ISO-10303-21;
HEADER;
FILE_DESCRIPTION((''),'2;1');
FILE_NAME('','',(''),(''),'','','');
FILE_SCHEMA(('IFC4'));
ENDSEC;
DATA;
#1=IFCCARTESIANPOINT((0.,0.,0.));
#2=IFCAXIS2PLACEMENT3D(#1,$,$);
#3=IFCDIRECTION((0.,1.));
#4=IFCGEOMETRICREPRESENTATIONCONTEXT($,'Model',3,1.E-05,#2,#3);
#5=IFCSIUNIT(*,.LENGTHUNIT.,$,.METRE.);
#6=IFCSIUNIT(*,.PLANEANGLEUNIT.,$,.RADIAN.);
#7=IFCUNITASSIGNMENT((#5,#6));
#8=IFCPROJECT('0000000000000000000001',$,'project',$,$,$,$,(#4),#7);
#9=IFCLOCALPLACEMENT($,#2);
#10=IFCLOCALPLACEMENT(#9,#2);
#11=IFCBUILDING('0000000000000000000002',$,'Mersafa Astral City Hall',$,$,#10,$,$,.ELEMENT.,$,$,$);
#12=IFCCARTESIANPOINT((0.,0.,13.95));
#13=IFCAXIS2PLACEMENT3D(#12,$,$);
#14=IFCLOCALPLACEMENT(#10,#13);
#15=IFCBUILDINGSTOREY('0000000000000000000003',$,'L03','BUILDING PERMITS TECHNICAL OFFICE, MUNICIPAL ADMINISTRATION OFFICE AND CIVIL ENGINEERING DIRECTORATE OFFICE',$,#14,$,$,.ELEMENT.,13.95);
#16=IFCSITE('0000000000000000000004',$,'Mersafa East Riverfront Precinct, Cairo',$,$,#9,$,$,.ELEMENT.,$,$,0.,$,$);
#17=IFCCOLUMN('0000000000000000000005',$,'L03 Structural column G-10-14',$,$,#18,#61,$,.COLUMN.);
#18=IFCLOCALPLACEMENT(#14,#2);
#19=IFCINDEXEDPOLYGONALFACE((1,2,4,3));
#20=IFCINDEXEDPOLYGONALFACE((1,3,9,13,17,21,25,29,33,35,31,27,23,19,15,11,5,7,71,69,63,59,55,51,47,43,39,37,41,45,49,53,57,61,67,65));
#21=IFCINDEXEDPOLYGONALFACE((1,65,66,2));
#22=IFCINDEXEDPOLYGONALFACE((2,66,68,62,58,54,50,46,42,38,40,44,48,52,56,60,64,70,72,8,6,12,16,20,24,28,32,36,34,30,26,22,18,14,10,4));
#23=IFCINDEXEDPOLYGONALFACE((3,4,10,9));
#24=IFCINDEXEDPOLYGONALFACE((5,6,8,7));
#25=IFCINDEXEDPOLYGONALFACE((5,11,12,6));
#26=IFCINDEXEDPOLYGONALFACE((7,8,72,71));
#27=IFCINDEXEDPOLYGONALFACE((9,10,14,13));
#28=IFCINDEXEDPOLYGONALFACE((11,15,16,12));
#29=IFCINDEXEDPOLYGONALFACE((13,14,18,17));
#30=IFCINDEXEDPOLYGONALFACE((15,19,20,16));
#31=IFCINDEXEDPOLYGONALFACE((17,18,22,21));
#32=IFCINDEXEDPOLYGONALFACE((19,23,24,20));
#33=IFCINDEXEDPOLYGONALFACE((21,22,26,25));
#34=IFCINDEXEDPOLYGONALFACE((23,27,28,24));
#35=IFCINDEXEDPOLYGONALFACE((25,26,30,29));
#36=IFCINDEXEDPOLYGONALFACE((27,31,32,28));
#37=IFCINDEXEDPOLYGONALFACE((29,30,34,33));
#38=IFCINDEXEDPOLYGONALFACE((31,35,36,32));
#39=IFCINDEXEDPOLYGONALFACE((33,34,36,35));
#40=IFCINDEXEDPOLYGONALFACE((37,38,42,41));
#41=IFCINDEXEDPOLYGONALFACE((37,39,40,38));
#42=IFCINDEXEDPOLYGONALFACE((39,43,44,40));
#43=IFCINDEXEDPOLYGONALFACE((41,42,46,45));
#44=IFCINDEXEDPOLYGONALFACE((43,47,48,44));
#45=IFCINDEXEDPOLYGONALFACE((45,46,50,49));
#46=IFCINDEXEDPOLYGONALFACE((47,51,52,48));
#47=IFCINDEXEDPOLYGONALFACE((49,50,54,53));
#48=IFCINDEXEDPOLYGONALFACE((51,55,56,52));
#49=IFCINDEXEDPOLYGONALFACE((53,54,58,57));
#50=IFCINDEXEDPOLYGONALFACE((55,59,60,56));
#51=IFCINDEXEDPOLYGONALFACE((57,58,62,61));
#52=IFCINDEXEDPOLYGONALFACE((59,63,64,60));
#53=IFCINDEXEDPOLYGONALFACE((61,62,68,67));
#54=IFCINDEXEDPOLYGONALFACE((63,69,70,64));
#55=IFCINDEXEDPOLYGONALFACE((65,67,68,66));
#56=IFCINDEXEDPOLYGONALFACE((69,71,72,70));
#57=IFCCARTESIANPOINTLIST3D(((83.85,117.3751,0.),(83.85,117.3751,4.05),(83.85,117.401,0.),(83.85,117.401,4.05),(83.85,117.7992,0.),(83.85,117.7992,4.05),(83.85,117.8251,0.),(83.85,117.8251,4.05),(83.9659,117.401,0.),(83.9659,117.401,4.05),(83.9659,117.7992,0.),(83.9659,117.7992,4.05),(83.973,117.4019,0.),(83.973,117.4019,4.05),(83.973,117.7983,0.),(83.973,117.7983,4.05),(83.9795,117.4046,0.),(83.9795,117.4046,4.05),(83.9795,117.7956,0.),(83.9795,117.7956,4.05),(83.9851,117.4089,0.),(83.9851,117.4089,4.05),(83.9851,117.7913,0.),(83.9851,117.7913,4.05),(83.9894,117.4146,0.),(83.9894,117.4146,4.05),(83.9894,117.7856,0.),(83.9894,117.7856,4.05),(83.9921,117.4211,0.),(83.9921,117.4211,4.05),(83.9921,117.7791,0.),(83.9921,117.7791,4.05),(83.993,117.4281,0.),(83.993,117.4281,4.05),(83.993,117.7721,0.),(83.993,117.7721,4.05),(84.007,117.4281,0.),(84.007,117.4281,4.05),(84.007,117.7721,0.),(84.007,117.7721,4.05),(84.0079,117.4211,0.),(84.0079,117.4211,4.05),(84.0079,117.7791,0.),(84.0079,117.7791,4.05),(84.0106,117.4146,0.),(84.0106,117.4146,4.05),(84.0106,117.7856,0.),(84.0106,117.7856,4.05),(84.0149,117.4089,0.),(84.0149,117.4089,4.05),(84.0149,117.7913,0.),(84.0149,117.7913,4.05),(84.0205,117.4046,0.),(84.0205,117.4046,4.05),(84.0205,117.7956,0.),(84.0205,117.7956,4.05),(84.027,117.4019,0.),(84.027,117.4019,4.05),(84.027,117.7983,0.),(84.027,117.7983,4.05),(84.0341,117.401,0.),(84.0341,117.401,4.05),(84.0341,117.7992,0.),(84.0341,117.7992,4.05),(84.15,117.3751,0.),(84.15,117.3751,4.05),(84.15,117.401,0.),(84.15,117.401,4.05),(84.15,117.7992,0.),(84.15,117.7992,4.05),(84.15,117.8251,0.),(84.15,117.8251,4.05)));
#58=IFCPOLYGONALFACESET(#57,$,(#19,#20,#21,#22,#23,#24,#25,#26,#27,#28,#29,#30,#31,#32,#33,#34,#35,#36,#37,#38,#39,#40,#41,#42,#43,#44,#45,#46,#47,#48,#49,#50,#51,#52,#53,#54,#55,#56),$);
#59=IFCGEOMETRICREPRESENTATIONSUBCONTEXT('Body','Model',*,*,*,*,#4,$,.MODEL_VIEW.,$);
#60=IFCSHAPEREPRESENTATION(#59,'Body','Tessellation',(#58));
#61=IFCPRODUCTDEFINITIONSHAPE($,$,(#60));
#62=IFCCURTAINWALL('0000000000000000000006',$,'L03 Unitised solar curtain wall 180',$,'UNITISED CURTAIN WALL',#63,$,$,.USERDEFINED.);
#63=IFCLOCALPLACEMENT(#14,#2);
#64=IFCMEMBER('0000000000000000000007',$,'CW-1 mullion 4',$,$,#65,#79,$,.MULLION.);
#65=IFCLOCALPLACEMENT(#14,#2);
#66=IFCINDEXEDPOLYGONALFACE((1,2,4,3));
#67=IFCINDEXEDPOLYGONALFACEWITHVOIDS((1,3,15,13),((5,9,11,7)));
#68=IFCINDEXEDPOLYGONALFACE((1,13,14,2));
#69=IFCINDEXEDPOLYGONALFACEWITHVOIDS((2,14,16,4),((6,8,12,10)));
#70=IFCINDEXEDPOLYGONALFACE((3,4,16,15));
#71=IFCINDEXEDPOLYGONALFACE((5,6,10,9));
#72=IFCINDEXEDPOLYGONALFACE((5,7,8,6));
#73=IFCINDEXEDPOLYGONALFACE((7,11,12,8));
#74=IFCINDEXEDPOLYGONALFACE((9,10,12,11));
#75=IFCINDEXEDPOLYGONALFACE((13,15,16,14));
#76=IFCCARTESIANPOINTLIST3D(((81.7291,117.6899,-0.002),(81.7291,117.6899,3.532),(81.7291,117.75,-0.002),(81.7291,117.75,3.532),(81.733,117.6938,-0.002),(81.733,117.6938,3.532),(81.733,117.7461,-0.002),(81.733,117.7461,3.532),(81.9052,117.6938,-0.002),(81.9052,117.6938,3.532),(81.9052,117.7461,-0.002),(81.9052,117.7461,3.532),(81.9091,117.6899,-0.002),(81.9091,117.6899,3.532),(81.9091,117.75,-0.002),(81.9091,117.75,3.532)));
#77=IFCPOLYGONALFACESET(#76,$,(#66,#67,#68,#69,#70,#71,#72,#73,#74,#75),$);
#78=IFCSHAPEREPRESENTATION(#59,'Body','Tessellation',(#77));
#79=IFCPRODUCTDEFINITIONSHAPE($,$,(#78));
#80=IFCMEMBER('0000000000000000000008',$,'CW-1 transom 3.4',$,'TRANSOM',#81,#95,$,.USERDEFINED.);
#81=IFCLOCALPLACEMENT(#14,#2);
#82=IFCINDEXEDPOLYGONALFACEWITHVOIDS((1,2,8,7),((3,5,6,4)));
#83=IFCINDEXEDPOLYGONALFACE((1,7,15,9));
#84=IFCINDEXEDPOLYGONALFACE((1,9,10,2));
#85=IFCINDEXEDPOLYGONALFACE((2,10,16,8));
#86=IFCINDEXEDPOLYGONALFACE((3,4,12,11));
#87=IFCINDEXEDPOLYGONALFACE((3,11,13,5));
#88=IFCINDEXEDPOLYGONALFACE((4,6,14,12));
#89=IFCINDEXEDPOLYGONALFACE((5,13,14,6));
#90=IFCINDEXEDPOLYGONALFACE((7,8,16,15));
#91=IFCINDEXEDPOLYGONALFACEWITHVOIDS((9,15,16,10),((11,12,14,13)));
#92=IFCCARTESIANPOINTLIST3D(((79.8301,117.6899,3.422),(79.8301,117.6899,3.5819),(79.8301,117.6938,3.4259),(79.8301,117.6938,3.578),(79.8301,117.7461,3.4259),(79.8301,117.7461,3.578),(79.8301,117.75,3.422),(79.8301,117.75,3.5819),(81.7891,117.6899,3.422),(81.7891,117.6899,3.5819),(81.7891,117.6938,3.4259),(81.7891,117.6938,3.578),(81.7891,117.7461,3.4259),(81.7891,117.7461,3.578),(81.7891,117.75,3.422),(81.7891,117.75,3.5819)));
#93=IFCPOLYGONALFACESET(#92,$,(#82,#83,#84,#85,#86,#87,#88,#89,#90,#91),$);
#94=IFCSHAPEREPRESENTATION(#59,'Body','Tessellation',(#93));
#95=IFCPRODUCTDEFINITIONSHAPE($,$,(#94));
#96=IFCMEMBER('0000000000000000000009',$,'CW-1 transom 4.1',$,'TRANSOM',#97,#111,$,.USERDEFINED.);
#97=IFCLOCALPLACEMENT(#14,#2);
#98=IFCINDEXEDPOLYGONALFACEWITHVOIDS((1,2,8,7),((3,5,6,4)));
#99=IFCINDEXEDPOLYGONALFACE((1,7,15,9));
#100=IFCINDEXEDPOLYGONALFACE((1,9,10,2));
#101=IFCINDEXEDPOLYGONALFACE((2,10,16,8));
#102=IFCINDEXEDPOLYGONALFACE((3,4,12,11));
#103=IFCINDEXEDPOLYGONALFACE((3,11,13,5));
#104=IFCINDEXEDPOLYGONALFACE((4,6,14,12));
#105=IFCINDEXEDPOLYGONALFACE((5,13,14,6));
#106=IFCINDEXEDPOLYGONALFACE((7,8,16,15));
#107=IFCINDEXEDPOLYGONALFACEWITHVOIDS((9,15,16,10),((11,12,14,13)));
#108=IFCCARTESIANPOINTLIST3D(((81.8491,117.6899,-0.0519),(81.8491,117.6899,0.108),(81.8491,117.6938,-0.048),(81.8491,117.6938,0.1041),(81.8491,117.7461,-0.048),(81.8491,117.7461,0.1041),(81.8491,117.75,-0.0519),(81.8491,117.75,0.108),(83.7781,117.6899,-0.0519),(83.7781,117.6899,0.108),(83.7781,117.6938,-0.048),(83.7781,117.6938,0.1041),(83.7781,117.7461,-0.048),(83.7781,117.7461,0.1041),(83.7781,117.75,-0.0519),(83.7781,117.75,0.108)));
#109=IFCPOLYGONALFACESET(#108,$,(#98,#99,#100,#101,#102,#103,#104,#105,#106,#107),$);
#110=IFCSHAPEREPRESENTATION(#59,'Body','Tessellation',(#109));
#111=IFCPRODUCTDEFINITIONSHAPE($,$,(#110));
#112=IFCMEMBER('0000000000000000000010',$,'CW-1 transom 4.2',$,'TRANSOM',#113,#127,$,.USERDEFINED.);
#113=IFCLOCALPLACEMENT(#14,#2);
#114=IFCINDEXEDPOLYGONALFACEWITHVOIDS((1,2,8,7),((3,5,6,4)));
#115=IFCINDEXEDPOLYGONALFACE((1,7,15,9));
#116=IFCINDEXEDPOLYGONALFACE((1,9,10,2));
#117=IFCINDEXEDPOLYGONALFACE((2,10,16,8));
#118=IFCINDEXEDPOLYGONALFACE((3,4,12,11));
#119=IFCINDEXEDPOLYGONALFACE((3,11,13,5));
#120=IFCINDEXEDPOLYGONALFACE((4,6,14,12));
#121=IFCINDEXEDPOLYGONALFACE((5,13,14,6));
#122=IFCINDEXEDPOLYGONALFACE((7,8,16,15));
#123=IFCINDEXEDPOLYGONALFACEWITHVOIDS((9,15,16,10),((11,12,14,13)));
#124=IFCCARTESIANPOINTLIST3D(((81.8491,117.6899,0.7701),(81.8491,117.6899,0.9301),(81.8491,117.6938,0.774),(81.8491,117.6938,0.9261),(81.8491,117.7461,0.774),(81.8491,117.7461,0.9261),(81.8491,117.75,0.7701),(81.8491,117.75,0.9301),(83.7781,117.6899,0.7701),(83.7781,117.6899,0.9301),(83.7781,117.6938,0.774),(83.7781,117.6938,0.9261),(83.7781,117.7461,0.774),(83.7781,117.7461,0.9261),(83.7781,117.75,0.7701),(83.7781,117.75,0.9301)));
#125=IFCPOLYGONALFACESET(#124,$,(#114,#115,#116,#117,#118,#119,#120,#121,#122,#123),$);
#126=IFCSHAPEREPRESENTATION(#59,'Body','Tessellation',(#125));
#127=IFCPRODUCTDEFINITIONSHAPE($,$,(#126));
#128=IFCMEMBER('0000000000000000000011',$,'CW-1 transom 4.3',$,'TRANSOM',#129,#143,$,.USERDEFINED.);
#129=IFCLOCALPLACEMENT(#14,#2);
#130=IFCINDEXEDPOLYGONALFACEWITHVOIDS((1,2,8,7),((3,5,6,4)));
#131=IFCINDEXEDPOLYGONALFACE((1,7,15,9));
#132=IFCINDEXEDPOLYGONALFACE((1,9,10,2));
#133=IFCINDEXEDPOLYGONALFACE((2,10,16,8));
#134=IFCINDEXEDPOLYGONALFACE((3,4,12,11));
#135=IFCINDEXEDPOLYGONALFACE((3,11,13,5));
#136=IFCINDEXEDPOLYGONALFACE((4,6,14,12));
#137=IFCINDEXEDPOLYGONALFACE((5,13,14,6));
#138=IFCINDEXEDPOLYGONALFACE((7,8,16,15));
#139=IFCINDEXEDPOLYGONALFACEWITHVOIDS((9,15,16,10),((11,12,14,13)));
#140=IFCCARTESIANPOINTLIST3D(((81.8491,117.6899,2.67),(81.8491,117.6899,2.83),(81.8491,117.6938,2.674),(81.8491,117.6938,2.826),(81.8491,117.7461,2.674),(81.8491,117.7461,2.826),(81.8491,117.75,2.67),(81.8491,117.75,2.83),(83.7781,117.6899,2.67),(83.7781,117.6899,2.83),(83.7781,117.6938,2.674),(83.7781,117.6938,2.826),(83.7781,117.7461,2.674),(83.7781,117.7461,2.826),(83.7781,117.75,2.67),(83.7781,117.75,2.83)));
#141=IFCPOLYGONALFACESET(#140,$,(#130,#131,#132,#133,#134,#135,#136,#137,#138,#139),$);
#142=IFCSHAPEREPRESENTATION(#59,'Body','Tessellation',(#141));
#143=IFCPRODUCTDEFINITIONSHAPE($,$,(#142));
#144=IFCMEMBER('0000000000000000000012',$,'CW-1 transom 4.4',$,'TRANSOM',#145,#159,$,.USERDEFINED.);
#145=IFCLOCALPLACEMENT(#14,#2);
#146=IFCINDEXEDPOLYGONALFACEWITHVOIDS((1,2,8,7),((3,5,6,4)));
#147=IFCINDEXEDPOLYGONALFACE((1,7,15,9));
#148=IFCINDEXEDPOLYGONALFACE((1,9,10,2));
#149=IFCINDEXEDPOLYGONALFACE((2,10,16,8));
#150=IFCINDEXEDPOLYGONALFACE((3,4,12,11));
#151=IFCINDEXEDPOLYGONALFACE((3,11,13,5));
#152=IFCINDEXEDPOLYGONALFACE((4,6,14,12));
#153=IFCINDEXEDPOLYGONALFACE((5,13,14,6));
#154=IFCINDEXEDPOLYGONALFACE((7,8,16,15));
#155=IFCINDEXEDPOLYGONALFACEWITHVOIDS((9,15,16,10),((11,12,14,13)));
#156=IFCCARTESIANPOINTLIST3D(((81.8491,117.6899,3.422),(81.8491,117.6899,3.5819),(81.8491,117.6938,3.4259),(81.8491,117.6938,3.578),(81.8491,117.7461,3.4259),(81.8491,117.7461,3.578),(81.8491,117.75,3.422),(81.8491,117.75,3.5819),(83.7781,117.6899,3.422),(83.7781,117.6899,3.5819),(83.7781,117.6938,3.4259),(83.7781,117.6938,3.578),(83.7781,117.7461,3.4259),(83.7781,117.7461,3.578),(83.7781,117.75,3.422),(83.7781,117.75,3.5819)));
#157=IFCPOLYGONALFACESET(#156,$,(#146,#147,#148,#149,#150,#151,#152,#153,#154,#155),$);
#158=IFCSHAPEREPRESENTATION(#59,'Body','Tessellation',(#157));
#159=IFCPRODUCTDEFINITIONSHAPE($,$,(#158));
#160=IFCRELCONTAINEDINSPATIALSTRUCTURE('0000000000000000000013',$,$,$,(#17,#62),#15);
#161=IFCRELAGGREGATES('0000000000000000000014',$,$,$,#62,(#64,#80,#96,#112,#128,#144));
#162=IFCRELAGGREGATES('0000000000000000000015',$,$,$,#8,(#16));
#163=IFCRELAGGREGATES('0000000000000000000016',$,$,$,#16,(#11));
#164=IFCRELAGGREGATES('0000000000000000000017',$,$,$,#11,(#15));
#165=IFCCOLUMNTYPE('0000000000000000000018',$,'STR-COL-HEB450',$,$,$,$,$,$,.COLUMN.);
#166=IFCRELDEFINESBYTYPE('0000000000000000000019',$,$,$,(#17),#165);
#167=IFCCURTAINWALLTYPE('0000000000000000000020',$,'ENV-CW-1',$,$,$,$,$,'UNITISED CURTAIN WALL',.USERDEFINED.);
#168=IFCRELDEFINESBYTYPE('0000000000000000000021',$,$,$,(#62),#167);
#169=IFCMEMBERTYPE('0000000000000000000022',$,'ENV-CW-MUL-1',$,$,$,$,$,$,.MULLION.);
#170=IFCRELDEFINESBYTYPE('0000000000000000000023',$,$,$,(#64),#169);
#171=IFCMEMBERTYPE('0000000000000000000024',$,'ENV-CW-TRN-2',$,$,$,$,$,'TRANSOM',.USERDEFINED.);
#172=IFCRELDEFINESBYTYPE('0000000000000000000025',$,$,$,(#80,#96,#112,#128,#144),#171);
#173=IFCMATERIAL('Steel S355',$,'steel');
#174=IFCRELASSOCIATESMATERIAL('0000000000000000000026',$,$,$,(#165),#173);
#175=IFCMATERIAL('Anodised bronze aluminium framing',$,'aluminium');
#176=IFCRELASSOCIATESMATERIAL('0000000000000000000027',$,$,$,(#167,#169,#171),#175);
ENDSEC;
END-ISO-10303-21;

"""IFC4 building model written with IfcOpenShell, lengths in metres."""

from ifc_helpers import new_model, si_unit, direction, frame, origin, origin_2d, place, context, subcontext, project, spatial, hollow_rectangle, i_section, extrude, material, material_profile, profile_set, type_object, element, aggregate, save


model = new_model("IFC4")

# Units and contexts
model_context = context("Model", 3, precision=1e-05, world=origin(), true_north=direction((0.0, 1.0)))
body_context = subcontext(model_context, "Body", "Model", "MODEL_VIEW")
ifc_project = project(units=[si_unit("LENGTHUNIT", "METRE"), si_unit("PLANEANGLEUNIT", "RADIAN")], contexts=[model_context])

# Site, building, storey
site_placement = place(None, origin())
site = spatial("IfcSite", under=ifc_project, at=site_placement, Name="Mersafa East Riverfront Precinct, Cairo", CompositionType="ELEMENT", RefElevation=0.0)
building_placement = place(site_placement, origin())
building = spatial("IfcBuilding", under=site, at=building_placement, Name="Mersafa Astral City Hall", CompositionType="ELEMENT")
storey_placement = place(building_placement, frame((0.0, 0.0, 13.95)))
storey = spatial("IfcBuildingStorey", under=building, at=storey_placement, Name="L03", Description="BUILDING PERMITS TECHNICAL OFFICE, MUNICIPAL ADMINISTRATION OFFICE AND CIVIL ENGINEERING DIRECTORATE OFFICE", CompositionType="ELEMENT", Elevation=13.95)

# Column
ifc_material_1 = material(Name="Steel S355", Category="steel")
ifc_material_profile_1 = material_profile(ifc_material_1, i_section(OverallWidth=0.3, OverallDepth=0.45, WebThickness=0.0139, FlangeThickness=0.0259, FilletRadius=0.0271, at=origin_2d()), Name="HEB 450")
ifc_profile_set_1 = profile_set([ifc_material_profile_1], Name="Steel S355")
column_type = type_object("IfcColumnType", Name="STR-COL-HEB450", PredefinedType="COLUMN", material=ifc_profile_set_1)
column_placement = place(storey_placement, frame((84.0, 117.6001, 0.0), z_axis=(0.0, 0.0, 1.0), x_axis=(1.0, 0.0, 0.0)))
element("IfcColumn", 1, at=column_placement, inside=storey, type_object=column_type, Name="L03 Structural column G-10-14", PredefinedType="COLUMN", context=body_context, shape_type="SweptSolid", body=[
    extrude(i_section(OverallWidth=0.3, OverallDepth=0.45, WebThickness=0.0139, FlangeThickness=0.0259, FilletRadius=0.0271, at=origin_2d()), origin(), (0.0, 0.0, 1.0), 4.05),
])

# Curtain wall, members
ifc_material_2 = material(Name="Anodised bronze aluminium framing", Category="aluminium")
curtain_wall_type = type_object("IfcCurtainWallType", Name="ENV-CW-1", ElementType="UNITISED CURTAIN WALL", PredefinedType="USERDEFINED", material=ifc_material_2)
curtain_wall_placement = place(storey_placement, origin())
curtain_wall = element("IfcCurtainWall", 2, at=curtain_wall_placement, inside=storey, type_object=curtain_wall_type, Name="L03 Unitised solar curtain wall 180", ObjectType="UNITISED CURTAIN WALL", PredefinedType="USERDEFINED")
ifc_material_profile_2 = material_profile(ifc_material_2, hollow_rectangle(XDim=0.0601, YDim=0.1799, WallThickness=0.0039, at=origin_2d()), Name="RHS 60x180x4")
ifc_profile_set_2 = profile_set([ifc_material_profile_2], Name="Anodised bronze aluminium framing")
member_type_1 = type_object("IfcMemberType", Name="ENV-CW-MUL-1", PredefinedType="MULLION", material=ifc_profile_set_2)
member_1_placement = place(storey_placement, frame((81.8191, 117.72, -0.002), z_axis=(0.0, 0.0, 1.0), x_axis=(0.0, 1.0, 0.0)))
member_1 = element("IfcMember", 3, at=member_1_placement, type_object=member_type_1, Name="CW-1 mullion 4", PredefinedType="MULLION", context=body_context, shape_type="SweptSolid", body=[
    extrude(hollow_rectangle(XDim=0.0601, YDim=0.1799, WallThickness=0.0039, at=origin_2d()), origin(), (0.0, 0.0, 1.0), 3.5339),
])
ifc_material_profile_3 = material_profile(ifc_material_2, hollow_rectangle(XDim=0.0601, YDim=0.1599, WallThickness=0.0039, at=origin_2d()), Name="RHS 60x160x4")
ifc_profile_set_3 = profile_set([ifc_material_profile_3], Name="Anodised bronze aluminium framing")
member_type_2 = type_object("IfcMemberType", Name="ENV-CW-TRN-2", ElementType="TRANSOM", PredefinedType="USERDEFINED", material=ifc_profile_set_3)
member_2_placement = place(storey_placement, frame((79.8301, 117.72, 3.502), z_axis=(1.0, 0.0, 0.0), x_axis=(0.0, 1.0, 0.0)))
member_2 = element("IfcMember", 4, at=member_2_placement, type_object=member_type_2, Name="CW-1 transom 3.4", ObjectType="TRANSOM", PredefinedType="USERDEFINED", context=body_context, shape_type="SweptSolid", body=[
    extrude(hollow_rectangle(XDim=0.0601, YDim=0.1599, WallThickness=0.0039, at=origin_2d()), origin(), (0.0, 0.0, 1.0), 1.959),
])
member_3_placement = place(storey_placement, frame((81.8491, 117.72, 0.0281), z_axis=(1.0, 0.0, 0.0), x_axis=(0.0, 1.0, 0.0)))
member_3 = element("IfcMember", 5, at=member_3_placement, type_object=member_type_2, Name="CW-1 transom 4.1", ObjectType="TRANSOM", PredefinedType="USERDEFINED", context=body_context, shape_type="SweptSolid", body=[
    extrude(hollow_rectangle(XDim=0.0601, YDim=0.1599, WallThickness=0.0039, at=origin_2d()), origin(), (0.0, 0.0, 1.0), 1.929),
])
member_4_placement = place(storey_placement, frame((81.8491, 117.72, 0.8501), z_axis=(1.0, 0.0, 0.0), x_axis=(0.0, 1.0, 0.0)))
member_4 = element("IfcMember", 6, at=member_4_placement, type_object=member_type_2, Name="CW-1 transom 4.2", ObjectType="TRANSOM", PredefinedType="USERDEFINED", context=body_context, shape_type="SweptSolid", body=[
    extrude(hollow_rectangle(XDim=0.0601, YDim=0.1599, WallThickness=0.0039, at=origin_2d()), origin(), (0.0, 0.0, 1.0), 1.929),
])
member_5_placement = place(storey_placement, frame((81.8491, 117.72, 2.75), z_axis=(1.0, 0.0, 0.0), x_axis=(0.0, 1.0, 0.0)))
member_5 = element("IfcMember", 7, at=member_5_placement, type_object=member_type_2, Name="CW-1 transom 4.3", ObjectType="TRANSOM", PredefinedType="USERDEFINED", context=body_context, shape_type="SweptSolid", body=[
    extrude(hollow_rectangle(XDim=0.0601, YDim=0.1599, WallThickness=0.0039, at=origin_2d()), origin(), (0.0, 0.0, 1.0), 1.929),
])
member_6_placement = place(storey_placement, frame((81.8491, 117.72, 3.502), z_axis=(1.0, 0.0, 0.0), x_axis=(0.0, 1.0, 0.0)))
member_6 = element("IfcMember", 8, at=member_6_placement, type_object=member_type_2, Name="CW-1 transom 4.4", ObjectType="TRANSOM", PredefinedType="USERDEFINED", context=body_context, shape_type="SweptSolid", body=[
    extrude(hollow_rectangle(XDim=0.0601, YDim=0.1599, WallThickness=0.0039, at=origin_2d()), origin(), (0.0, 0.0, 1.0), 1.929),
])

aggregate(curtain_wall, [member_1, member_2, member_3, member_4, member_5, member_6])

save(model, "model.ifc")
